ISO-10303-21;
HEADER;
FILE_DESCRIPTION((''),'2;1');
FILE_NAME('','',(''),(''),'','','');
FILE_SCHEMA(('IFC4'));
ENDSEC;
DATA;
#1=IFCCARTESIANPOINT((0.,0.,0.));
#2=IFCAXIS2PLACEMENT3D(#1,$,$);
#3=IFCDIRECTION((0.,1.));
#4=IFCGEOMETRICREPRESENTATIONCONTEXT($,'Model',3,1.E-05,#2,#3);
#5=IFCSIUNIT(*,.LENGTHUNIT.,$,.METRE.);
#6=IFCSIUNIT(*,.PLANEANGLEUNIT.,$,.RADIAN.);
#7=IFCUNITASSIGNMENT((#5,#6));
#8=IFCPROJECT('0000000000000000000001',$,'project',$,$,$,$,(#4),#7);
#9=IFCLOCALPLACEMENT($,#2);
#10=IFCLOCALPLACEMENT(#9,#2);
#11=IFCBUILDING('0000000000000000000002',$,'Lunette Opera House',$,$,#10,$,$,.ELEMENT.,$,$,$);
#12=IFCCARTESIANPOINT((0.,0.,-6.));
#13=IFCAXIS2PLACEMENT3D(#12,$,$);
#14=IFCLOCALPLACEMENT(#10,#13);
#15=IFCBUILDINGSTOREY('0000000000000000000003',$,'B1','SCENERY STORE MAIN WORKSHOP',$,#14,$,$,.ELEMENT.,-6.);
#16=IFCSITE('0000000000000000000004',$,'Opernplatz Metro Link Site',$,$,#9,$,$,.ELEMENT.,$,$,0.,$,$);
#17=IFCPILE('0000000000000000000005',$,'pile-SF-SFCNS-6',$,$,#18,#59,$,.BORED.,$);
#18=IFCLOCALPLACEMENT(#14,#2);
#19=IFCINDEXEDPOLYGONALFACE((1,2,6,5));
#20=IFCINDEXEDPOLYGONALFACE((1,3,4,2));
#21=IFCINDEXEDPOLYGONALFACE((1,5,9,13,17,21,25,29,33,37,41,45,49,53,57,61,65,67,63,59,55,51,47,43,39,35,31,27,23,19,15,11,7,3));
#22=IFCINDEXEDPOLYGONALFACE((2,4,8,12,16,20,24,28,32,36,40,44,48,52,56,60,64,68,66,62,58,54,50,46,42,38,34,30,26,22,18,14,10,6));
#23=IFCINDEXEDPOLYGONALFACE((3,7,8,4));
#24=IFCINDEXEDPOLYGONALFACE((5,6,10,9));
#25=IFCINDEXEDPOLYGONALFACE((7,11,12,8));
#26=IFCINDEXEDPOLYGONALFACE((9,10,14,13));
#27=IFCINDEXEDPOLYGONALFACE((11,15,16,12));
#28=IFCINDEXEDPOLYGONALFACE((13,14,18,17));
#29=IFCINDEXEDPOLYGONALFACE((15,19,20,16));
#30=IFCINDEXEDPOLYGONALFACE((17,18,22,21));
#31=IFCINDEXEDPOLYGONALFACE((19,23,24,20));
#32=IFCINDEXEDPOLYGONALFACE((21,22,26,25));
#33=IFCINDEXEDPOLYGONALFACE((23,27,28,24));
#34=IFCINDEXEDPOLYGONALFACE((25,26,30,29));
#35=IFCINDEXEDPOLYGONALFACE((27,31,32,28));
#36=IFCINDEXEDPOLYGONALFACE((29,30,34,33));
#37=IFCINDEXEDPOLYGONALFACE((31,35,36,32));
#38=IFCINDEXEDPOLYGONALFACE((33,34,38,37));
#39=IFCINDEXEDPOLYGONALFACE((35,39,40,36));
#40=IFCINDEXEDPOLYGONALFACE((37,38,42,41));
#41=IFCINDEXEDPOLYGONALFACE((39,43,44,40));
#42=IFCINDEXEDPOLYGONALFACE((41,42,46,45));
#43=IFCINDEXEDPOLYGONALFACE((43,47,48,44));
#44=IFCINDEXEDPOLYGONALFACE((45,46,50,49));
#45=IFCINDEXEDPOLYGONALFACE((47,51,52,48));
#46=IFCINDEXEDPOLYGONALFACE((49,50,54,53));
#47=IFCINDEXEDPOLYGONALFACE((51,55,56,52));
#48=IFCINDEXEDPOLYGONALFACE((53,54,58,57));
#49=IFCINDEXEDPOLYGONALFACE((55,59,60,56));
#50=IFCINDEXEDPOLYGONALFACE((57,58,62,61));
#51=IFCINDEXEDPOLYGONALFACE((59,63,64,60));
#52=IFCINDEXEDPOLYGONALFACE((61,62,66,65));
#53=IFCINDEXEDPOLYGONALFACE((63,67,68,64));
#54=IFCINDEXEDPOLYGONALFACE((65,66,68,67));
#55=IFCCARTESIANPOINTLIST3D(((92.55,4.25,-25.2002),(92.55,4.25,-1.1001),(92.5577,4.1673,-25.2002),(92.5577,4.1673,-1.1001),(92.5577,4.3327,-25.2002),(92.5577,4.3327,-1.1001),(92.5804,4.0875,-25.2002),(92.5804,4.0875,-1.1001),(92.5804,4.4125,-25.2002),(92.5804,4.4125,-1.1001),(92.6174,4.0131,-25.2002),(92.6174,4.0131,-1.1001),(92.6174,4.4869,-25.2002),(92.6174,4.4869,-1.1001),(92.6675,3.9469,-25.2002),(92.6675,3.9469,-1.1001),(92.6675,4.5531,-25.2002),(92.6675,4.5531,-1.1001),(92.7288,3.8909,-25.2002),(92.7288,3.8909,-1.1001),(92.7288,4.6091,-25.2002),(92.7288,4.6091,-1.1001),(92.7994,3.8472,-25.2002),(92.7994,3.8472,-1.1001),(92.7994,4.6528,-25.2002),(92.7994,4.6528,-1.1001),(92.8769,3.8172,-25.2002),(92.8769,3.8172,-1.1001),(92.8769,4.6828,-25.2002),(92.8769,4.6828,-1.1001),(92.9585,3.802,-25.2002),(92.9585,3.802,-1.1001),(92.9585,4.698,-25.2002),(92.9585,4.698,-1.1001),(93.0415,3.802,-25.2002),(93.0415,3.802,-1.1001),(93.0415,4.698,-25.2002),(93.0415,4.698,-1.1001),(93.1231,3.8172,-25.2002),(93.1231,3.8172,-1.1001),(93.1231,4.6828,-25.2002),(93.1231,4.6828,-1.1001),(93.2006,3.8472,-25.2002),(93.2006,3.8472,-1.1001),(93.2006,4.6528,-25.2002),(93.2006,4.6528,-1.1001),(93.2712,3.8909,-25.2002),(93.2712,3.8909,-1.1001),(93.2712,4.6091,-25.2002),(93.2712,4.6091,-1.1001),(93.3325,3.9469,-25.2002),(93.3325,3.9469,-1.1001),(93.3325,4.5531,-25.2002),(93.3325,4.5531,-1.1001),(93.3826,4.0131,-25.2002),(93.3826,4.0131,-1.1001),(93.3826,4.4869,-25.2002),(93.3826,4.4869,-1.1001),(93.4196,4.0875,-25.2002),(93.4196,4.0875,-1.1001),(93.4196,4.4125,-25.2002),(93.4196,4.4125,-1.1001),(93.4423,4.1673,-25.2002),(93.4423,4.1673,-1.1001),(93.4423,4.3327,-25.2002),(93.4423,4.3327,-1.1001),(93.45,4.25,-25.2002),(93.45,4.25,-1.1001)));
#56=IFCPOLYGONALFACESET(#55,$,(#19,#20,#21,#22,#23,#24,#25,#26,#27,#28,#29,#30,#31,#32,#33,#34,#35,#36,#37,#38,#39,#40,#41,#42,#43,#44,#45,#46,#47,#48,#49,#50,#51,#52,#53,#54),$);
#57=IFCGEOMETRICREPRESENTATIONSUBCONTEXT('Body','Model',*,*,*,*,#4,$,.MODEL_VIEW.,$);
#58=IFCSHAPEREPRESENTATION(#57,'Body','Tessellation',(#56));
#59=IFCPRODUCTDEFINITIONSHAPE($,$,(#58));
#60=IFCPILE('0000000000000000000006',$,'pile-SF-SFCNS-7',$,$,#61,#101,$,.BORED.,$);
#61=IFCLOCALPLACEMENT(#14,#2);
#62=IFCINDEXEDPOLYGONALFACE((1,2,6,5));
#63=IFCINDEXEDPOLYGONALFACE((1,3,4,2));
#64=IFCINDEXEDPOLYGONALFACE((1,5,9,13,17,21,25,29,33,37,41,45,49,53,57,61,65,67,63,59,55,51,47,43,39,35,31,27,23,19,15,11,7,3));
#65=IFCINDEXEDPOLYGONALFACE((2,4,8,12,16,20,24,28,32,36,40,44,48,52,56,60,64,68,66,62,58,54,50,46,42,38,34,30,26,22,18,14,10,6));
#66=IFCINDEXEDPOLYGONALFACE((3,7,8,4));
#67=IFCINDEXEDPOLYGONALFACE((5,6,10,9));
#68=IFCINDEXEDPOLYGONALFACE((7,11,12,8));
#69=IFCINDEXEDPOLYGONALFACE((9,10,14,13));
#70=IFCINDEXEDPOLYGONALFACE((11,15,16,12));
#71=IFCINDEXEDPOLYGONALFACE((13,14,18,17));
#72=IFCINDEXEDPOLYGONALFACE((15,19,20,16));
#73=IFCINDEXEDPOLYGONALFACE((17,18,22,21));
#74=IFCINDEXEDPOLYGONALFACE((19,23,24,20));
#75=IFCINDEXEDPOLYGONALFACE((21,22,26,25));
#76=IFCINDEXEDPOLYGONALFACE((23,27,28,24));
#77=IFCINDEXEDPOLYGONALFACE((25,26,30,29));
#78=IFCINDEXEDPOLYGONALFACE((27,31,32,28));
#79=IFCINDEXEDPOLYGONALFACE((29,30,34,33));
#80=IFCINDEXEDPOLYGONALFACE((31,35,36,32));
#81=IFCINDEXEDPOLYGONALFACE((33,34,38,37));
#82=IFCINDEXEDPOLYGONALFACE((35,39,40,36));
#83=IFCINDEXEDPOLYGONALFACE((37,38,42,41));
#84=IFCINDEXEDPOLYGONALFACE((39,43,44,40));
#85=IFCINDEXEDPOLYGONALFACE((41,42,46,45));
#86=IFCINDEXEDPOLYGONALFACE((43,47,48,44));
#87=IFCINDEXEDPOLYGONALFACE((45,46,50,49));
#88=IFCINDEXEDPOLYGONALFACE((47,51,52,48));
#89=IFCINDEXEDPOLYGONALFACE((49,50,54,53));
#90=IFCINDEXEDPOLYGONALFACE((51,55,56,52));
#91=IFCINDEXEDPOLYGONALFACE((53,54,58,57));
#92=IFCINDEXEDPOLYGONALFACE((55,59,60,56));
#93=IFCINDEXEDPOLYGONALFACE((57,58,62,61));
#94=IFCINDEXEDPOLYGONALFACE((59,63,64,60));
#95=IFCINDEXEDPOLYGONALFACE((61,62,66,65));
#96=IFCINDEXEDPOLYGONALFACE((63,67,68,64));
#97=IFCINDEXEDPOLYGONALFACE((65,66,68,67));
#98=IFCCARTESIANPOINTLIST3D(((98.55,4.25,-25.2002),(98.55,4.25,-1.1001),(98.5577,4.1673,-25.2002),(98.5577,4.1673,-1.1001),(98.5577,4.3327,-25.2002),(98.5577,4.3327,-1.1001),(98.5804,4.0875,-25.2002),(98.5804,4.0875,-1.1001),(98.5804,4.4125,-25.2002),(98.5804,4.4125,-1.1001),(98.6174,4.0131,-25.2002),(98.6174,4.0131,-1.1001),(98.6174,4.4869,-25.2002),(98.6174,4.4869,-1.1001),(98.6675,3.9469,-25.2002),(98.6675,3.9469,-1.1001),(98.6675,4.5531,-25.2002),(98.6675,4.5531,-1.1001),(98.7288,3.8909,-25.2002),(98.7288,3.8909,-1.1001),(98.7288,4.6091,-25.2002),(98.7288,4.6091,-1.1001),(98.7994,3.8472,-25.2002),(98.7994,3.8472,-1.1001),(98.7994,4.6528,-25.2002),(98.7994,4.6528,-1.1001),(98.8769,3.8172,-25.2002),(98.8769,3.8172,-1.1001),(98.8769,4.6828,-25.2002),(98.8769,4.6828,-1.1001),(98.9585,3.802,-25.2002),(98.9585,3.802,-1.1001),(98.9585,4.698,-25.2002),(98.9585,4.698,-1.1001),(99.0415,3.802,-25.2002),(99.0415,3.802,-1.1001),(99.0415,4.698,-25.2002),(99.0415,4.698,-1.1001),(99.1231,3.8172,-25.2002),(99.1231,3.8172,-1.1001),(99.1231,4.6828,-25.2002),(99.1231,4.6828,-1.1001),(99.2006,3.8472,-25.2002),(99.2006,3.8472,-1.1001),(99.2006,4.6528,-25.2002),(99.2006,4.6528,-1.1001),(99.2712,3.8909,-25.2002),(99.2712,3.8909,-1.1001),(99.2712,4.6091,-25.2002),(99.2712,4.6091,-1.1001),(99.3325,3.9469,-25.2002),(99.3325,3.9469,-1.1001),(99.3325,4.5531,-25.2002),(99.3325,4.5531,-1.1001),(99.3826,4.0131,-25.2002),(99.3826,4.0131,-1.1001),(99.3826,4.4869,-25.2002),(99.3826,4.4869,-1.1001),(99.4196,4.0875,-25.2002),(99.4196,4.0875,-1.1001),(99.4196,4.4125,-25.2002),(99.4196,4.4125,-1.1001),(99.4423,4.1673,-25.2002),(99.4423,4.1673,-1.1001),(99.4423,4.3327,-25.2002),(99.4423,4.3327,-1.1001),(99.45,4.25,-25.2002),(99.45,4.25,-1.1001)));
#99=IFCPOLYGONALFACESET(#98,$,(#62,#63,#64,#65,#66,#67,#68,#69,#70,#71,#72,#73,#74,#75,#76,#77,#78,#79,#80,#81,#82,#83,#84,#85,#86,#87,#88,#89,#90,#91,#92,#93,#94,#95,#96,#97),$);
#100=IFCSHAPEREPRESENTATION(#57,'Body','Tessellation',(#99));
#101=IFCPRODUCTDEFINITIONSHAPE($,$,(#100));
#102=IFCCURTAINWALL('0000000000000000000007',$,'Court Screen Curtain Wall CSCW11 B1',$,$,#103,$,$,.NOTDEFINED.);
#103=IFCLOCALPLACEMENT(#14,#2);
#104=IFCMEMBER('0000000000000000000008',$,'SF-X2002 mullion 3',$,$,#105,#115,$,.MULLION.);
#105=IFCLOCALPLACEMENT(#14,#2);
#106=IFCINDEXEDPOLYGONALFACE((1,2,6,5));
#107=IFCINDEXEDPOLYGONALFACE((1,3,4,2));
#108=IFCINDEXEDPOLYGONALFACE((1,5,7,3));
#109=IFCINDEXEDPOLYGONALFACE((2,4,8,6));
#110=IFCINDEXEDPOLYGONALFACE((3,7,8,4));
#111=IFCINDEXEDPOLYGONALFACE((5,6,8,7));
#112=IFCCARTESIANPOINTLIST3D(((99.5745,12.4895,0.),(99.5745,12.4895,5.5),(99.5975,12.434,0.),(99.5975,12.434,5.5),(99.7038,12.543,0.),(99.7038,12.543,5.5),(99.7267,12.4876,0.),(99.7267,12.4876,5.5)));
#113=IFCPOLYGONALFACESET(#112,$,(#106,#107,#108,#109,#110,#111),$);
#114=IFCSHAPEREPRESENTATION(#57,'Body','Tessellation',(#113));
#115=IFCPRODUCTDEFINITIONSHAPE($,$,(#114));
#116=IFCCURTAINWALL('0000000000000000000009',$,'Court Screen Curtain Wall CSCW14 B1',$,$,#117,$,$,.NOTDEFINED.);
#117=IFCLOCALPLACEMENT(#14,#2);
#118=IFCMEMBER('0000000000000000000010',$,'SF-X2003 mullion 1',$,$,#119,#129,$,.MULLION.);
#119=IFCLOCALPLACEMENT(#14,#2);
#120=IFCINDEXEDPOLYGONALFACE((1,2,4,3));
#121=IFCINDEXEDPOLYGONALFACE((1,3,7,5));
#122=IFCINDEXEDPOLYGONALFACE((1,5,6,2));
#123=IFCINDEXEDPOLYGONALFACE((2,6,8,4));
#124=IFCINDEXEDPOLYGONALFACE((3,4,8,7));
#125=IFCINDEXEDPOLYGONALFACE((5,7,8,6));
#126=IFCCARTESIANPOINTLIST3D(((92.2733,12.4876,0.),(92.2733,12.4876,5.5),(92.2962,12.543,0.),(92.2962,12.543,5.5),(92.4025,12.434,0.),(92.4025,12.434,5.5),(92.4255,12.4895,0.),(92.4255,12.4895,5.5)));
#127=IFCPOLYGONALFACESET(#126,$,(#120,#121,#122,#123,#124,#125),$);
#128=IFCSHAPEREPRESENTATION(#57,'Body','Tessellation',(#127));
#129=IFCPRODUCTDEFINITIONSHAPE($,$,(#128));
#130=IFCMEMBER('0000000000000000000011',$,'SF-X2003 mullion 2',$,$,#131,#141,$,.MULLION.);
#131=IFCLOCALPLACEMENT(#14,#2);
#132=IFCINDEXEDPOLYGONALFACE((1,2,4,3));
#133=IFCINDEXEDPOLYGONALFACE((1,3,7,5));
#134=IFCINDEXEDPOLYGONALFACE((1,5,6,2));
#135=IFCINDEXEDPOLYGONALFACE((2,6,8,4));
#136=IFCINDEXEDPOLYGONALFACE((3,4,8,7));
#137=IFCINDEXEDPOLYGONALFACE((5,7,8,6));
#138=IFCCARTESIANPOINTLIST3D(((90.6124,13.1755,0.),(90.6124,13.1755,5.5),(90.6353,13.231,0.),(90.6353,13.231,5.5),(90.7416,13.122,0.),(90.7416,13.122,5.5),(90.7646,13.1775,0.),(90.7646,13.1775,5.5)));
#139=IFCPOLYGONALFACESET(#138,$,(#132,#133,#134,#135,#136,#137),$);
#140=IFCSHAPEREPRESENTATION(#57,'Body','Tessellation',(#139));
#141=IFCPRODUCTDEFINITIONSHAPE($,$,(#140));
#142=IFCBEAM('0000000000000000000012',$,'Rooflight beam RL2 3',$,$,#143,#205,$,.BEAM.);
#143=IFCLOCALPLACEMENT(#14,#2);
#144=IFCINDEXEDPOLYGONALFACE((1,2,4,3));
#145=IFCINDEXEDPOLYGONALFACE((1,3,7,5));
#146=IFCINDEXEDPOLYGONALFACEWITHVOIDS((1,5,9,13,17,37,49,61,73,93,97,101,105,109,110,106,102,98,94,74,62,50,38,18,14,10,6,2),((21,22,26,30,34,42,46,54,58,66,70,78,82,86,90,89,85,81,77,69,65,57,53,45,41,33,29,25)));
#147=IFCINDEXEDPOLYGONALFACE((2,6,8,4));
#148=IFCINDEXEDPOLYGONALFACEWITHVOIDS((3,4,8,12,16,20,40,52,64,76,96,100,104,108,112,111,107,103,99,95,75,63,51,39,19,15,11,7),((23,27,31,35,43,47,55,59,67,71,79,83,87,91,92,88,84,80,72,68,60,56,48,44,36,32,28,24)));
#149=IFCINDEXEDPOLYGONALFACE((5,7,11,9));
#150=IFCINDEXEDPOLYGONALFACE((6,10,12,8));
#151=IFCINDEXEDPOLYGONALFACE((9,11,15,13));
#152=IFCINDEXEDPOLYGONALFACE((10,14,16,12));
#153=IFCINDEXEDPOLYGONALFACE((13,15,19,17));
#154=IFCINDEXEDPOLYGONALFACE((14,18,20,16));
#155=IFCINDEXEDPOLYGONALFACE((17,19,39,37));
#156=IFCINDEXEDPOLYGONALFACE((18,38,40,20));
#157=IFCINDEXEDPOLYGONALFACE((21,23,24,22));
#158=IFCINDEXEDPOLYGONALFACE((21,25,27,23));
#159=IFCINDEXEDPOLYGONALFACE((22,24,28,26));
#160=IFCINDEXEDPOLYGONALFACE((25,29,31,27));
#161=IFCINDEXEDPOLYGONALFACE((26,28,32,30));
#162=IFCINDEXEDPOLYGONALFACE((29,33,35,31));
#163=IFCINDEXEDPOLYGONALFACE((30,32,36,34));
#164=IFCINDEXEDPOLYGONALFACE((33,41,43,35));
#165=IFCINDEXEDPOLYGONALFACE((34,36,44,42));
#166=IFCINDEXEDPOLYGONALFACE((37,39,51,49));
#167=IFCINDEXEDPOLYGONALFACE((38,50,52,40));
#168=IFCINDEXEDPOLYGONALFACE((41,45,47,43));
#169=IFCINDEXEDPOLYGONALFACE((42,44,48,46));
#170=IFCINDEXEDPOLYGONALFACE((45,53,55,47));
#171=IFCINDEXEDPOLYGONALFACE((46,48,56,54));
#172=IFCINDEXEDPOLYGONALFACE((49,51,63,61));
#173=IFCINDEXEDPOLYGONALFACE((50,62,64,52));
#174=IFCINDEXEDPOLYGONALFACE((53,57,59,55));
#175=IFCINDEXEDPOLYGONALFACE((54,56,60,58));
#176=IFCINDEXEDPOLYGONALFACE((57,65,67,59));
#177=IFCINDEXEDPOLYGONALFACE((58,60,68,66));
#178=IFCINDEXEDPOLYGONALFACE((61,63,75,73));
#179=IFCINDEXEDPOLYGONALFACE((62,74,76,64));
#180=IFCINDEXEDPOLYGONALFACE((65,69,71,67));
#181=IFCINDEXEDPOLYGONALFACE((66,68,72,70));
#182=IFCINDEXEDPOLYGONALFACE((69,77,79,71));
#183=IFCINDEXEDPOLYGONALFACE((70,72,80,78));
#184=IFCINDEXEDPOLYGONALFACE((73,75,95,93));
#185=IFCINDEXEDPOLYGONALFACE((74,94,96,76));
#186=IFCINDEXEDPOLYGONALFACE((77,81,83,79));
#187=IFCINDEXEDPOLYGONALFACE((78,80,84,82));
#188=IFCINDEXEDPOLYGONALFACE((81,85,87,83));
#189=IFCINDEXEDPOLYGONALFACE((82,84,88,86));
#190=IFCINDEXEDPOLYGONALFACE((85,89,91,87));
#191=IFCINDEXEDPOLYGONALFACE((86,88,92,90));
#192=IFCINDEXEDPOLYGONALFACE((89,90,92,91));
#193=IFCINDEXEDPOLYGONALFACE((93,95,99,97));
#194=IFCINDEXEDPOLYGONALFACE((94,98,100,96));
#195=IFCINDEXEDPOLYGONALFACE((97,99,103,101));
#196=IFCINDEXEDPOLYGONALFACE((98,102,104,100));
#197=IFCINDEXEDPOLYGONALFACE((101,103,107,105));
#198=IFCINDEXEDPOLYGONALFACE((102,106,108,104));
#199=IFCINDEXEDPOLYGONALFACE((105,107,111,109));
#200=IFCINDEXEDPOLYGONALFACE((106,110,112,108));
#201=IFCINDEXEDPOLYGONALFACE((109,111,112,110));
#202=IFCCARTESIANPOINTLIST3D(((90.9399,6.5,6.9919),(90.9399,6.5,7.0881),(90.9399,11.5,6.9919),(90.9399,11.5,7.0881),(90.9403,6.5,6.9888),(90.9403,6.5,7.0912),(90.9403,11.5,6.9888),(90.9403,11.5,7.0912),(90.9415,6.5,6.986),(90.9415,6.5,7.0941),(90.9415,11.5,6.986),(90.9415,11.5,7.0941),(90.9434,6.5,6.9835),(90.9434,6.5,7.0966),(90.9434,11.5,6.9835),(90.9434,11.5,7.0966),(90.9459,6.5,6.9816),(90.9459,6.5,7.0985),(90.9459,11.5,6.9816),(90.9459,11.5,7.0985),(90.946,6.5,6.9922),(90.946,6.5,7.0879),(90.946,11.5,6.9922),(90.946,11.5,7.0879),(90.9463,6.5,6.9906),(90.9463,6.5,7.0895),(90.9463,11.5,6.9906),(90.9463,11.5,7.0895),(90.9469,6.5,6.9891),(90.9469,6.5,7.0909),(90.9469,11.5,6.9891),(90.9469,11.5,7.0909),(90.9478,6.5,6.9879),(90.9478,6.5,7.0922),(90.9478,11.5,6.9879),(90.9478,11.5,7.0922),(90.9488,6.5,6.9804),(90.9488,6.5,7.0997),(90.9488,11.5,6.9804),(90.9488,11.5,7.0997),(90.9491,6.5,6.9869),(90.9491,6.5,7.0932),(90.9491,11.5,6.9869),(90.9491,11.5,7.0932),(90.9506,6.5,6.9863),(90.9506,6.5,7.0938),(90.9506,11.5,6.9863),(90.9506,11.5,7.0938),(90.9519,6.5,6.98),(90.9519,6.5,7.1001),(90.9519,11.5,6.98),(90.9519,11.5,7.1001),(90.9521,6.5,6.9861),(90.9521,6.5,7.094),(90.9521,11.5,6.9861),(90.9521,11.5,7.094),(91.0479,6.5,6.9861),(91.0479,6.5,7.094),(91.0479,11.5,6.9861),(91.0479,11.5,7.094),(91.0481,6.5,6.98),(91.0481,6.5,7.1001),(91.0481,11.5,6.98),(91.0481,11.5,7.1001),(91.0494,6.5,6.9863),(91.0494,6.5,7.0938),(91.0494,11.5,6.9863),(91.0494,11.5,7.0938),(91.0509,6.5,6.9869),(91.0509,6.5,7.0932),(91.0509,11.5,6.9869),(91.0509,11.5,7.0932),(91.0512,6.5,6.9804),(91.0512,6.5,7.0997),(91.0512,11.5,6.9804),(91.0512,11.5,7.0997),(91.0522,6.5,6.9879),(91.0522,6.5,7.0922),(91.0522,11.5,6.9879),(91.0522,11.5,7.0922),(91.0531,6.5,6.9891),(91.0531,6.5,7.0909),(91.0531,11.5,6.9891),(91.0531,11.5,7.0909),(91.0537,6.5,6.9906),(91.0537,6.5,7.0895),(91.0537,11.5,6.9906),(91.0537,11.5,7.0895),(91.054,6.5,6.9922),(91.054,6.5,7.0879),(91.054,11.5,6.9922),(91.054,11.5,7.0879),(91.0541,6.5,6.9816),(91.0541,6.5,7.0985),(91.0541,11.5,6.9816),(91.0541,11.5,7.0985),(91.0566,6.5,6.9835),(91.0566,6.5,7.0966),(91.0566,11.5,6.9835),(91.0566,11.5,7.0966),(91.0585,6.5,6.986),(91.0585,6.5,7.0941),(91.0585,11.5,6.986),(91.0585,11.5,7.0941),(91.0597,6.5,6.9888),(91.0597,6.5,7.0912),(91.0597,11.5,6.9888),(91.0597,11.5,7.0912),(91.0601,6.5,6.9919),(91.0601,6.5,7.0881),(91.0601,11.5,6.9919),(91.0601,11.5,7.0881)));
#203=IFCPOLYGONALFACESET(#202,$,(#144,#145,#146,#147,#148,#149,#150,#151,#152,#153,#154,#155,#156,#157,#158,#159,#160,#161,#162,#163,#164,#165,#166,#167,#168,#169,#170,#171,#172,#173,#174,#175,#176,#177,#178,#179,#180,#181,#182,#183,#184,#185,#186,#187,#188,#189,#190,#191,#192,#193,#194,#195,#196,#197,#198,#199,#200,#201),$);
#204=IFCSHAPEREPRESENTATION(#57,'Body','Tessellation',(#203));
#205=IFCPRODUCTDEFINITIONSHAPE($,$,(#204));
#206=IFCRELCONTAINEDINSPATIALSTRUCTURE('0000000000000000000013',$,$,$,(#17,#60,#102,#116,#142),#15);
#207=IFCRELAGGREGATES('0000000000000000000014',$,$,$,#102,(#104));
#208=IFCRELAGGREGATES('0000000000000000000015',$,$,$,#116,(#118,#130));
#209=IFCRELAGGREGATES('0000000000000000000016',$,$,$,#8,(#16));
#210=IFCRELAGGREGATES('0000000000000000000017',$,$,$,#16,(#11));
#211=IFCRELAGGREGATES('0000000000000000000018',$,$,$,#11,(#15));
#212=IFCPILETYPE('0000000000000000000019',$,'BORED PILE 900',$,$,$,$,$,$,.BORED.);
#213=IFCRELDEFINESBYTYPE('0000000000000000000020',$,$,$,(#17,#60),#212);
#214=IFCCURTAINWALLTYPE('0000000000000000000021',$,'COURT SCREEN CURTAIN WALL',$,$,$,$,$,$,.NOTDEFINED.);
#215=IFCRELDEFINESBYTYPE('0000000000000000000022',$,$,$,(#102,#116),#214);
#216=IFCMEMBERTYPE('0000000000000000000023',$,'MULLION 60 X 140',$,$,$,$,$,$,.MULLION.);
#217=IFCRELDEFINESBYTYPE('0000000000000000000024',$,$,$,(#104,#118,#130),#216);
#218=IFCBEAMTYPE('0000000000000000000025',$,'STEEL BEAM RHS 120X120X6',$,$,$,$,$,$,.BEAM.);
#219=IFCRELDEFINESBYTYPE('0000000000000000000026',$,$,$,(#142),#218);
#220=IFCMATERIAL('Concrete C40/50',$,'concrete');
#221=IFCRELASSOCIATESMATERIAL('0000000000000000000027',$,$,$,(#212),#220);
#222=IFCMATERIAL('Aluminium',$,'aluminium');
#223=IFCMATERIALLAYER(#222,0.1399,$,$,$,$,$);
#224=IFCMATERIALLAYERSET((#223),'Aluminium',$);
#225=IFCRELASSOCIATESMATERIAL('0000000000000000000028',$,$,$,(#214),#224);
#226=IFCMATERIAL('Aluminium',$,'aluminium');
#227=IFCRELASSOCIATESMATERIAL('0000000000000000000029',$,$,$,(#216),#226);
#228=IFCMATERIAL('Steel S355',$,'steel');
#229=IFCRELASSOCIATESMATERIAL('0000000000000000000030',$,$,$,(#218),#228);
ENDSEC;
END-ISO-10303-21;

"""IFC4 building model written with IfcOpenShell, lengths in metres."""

from ifc_helpers import new_model, si_unit, direction, frame, origin, origin_2d, place, context, subcontext, project, spatial, rectangle, hollow_rectangle, circle, extrude, material, layer, layer_set, material_profile, profile_set, type_object, element, aggregate, save


model = new_model("IFC4")

# Units and contexts
model_context = context("Model", 3, precision=1e-05, world=origin(), true_north=direction((0.0, 1.0)))
body_context = subcontext(model_context, "Body", "Model", "MODEL_VIEW")
ifc_project = project(units=[si_unit("LENGTHUNIT", "METRE"), si_unit("PLANEANGLEUNIT", "RADIAN")], contexts=[model_context])

# Site, building, storey
site_placement = place(None, origin())
site = spatial("IfcSite", under=ifc_project, at=site_placement, Name="Opernplatz Metro Link Site", CompositionType="ELEMENT", RefElevation=0.0)
building_placement = place(site_placement, origin())
building = spatial("IfcBuilding", under=site, at=building_placement, Name="Lunette Opera House", CompositionType="ELEMENT")
storey_placement = place(building_placement, frame((0.0, 0.0, -6.0)))
storey = spatial("IfcBuildingStorey", under=building, at=storey_placement, Name="B1", Description="SCENERY STORE MAIN WORKSHOP", CompositionType="ELEMENT", Elevation=-6.0)

# Piles
ifc_material_1 = material(Name="Concrete C40/50", Category="concrete")
ifc_material_profile_1 = material_profile(ifc_material_1, circle(Radius=0.45, at=origin_2d()), Name="BORED PILE 900")
ifc_profile_set_1 = profile_set([ifc_material_profile_1], Name="Concrete C40/50")
pile_type = type_object("IfcPileType", Name="BORED PILE 900", PredefinedType="BORED", material=ifc_profile_set_1)
for number, where, z_axis, x_axis, name in (
    (1, (93.0, 4.25, -1.1001), (0.0, 0.0, -1.0), (1.0, 0.0, 0.0), "pile-SF-SFCNS-6"),
    (2, (99.0, 4.25, -1.1001), (0.0, 0.0, -1.0), (1.0, 0.0, 0.0), "pile-SF-SFCNS-7"),
):
    element("IfcPile", number, at=place(storey_placement, frame(where, z_axis=z_axis, x_axis=x_axis)), inside=storey, type_object=pile_type, Name=name, PredefinedType="BORED", context=body_context, shape_type="SweptSolid", body=[
        extrude(circle(Radius=0.45, at=origin_2d()), origin(), (0.0, 0.0, 1.0), 24.1001),
    ])

# Curtain wall, member
ifc_material_2 = material(Name="Aluminium", Category="aluminium")
ifc_layer_1 = layer(ifc_material_2, 0.1399)
ifc_layer_set_1 = layer_set([ifc_layer_1], Name="Aluminium")
curtain_wall_type = type_object("IfcCurtainWallType", Name="COURT SCREEN CURTAIN WALL", PredefinedType="NOTDEFINED", material=ifc_layer_set_1)
curtain_wall_1_placement = place(storey_placement, origin())
curtain_wall_1 = element("IfcCurtainWall", 3, at=curtain_wall_1_placement, inside=storey, type_object=curtain_wall_type, Name="Court Screen Curtain Wall CSCW11 B1", PredefinedType="NOTDEFINED")
ifc_material_3 = material(Name="Aluminium", Category="aluminium")
ifc_material_profile_2 = material_profile(ifc_material_3, rectangle(XDim=0.0601, YDim=0.1399, at=origin_2d()), Name="MULLION 60 X 140")
ifc_profile_set_2 = profile_set([ifc_material_profile_2], Name="Aluminium")
member_type_1 = type_object("IfcMemberType", Name="MULLION 60 X 140", PredefinedType="MULLION", material=ifc_profile_set_2)
member_1_placement = place(storey_placement, frame((99.6506, 12.4885, 0.0), z_axis=(0.0, 0.0, 1.0), x_axis=(0.38273, -0.92386, 0.0)))
member_1 = element("IfcMember", 4, at=member_1_placement, type_object=member_type_1, Name="SF-X2002 mullion 3", PredefinedType="MULLION", context=body_context, shape_type="SweptSolid", body=[
    extrude(rectangle(XDim=0.0601, YDim=0.1399, at=origin_2d()), origin(), (0.0, 0.0, 1.0), 5.5),
])
aggregate(curtain_wall_1, [member_1])

# Curtain wall, members
curtain_wall_2_placement = place(storey_placement, origin())
curtain_wall_2 = element("IfcCurtainWall", 5, at=curtain_wall_2_placement, inside=storey, type_object=curtain_wall_type, Name="Court Screen Curtain Wall CSCW14 B1", PredefinedType="NOTDEFINED")
member_2_placement = place(storey_placement, frame((92.3494, 12.4885, 0.0), z_axis=(0.0, 0.0, 1.0), x_axis=(-0.38273, -0.92386, 0.0)))
member_2 = element("IfcMember", 6, at=member_2_placement, type_object=member_type_1, Name="SF-X2003 mullion 1", PredefinedType="MULLION", context=body_context, shape_type="SweptSolid", body=[
    extrude(rectangle(XDim=0.0601, YDim=0.1399, at=origin_2d()), origin(), (0.0, 0.0, 1.0), 5.5),
])
member_3_placement = place(storey_placement, frame((90.6885, 13.1765, 0.0), z_axis=(0.0, 0.0, 1.0), x_axis=(-0.38273, -0.92386, 0.0)))
member_3 = element("IfcMember", 7, at=member_3_placement, type_object=member_type_1, Name="SF-X2003 mullion 2", PredefinedType="MULLION", context=body_context, shape_type="SweptSolid", body=[
    extrude(rectangle(XDim=0.0601, YDim=0.1399, at=origin_2d()), origin(), (0.0, 0.0, 1.0), 5.5),
])

# Beam
ifc_material_4 = material(Name="Steel S355", Category="steel")
ifc_material_profile_3 = material_profile(ifc_material_4, hollow_rectangle(XDim=0.1201, YDim=0.1201, WallThickness=0.0061, InnerFilletRadius=0.0061, OuterFilletRadius=0.012, at=origin_2d()), Name="RHS 120X120X6")
ifc_profile_set_3 = profile_set([ifc_material_profile_3], Name="Steel S355")
beam_type = type_object("IfcBeamType", Name="STEEL BEAM RHS 120X120X6", PredefinedType="BEAM", material=ifc_profile_set_3)
beam_placement = place(storey_placement, frame((91.0, 6.5, 7.04), z_axis=(0.0, 1.0, 0.0), x_axis=(-1.0, 0.0, 0.0)))
element("IfcBeam", 8, at=beam_placement, inside=storey, type_object=beam_type, Name="Rooflight beam RL2 3", PredefinedType="BEAM", context=body_context, shape_type="SweptSolid", body=[
    extrude(hollow_rectangle(XDim=0.1201, YDim=0.1201, WallThickness=0.0061, InnerFilletRadius=0.0061, OuterFilletRadius=0.012, at=origin_2d()), origin(), (0.0, 0.0, 1.0), 5.0),
])

aggregate(curtain_wall_2, [member_2, member_3])

save(model, "model.ifc")
